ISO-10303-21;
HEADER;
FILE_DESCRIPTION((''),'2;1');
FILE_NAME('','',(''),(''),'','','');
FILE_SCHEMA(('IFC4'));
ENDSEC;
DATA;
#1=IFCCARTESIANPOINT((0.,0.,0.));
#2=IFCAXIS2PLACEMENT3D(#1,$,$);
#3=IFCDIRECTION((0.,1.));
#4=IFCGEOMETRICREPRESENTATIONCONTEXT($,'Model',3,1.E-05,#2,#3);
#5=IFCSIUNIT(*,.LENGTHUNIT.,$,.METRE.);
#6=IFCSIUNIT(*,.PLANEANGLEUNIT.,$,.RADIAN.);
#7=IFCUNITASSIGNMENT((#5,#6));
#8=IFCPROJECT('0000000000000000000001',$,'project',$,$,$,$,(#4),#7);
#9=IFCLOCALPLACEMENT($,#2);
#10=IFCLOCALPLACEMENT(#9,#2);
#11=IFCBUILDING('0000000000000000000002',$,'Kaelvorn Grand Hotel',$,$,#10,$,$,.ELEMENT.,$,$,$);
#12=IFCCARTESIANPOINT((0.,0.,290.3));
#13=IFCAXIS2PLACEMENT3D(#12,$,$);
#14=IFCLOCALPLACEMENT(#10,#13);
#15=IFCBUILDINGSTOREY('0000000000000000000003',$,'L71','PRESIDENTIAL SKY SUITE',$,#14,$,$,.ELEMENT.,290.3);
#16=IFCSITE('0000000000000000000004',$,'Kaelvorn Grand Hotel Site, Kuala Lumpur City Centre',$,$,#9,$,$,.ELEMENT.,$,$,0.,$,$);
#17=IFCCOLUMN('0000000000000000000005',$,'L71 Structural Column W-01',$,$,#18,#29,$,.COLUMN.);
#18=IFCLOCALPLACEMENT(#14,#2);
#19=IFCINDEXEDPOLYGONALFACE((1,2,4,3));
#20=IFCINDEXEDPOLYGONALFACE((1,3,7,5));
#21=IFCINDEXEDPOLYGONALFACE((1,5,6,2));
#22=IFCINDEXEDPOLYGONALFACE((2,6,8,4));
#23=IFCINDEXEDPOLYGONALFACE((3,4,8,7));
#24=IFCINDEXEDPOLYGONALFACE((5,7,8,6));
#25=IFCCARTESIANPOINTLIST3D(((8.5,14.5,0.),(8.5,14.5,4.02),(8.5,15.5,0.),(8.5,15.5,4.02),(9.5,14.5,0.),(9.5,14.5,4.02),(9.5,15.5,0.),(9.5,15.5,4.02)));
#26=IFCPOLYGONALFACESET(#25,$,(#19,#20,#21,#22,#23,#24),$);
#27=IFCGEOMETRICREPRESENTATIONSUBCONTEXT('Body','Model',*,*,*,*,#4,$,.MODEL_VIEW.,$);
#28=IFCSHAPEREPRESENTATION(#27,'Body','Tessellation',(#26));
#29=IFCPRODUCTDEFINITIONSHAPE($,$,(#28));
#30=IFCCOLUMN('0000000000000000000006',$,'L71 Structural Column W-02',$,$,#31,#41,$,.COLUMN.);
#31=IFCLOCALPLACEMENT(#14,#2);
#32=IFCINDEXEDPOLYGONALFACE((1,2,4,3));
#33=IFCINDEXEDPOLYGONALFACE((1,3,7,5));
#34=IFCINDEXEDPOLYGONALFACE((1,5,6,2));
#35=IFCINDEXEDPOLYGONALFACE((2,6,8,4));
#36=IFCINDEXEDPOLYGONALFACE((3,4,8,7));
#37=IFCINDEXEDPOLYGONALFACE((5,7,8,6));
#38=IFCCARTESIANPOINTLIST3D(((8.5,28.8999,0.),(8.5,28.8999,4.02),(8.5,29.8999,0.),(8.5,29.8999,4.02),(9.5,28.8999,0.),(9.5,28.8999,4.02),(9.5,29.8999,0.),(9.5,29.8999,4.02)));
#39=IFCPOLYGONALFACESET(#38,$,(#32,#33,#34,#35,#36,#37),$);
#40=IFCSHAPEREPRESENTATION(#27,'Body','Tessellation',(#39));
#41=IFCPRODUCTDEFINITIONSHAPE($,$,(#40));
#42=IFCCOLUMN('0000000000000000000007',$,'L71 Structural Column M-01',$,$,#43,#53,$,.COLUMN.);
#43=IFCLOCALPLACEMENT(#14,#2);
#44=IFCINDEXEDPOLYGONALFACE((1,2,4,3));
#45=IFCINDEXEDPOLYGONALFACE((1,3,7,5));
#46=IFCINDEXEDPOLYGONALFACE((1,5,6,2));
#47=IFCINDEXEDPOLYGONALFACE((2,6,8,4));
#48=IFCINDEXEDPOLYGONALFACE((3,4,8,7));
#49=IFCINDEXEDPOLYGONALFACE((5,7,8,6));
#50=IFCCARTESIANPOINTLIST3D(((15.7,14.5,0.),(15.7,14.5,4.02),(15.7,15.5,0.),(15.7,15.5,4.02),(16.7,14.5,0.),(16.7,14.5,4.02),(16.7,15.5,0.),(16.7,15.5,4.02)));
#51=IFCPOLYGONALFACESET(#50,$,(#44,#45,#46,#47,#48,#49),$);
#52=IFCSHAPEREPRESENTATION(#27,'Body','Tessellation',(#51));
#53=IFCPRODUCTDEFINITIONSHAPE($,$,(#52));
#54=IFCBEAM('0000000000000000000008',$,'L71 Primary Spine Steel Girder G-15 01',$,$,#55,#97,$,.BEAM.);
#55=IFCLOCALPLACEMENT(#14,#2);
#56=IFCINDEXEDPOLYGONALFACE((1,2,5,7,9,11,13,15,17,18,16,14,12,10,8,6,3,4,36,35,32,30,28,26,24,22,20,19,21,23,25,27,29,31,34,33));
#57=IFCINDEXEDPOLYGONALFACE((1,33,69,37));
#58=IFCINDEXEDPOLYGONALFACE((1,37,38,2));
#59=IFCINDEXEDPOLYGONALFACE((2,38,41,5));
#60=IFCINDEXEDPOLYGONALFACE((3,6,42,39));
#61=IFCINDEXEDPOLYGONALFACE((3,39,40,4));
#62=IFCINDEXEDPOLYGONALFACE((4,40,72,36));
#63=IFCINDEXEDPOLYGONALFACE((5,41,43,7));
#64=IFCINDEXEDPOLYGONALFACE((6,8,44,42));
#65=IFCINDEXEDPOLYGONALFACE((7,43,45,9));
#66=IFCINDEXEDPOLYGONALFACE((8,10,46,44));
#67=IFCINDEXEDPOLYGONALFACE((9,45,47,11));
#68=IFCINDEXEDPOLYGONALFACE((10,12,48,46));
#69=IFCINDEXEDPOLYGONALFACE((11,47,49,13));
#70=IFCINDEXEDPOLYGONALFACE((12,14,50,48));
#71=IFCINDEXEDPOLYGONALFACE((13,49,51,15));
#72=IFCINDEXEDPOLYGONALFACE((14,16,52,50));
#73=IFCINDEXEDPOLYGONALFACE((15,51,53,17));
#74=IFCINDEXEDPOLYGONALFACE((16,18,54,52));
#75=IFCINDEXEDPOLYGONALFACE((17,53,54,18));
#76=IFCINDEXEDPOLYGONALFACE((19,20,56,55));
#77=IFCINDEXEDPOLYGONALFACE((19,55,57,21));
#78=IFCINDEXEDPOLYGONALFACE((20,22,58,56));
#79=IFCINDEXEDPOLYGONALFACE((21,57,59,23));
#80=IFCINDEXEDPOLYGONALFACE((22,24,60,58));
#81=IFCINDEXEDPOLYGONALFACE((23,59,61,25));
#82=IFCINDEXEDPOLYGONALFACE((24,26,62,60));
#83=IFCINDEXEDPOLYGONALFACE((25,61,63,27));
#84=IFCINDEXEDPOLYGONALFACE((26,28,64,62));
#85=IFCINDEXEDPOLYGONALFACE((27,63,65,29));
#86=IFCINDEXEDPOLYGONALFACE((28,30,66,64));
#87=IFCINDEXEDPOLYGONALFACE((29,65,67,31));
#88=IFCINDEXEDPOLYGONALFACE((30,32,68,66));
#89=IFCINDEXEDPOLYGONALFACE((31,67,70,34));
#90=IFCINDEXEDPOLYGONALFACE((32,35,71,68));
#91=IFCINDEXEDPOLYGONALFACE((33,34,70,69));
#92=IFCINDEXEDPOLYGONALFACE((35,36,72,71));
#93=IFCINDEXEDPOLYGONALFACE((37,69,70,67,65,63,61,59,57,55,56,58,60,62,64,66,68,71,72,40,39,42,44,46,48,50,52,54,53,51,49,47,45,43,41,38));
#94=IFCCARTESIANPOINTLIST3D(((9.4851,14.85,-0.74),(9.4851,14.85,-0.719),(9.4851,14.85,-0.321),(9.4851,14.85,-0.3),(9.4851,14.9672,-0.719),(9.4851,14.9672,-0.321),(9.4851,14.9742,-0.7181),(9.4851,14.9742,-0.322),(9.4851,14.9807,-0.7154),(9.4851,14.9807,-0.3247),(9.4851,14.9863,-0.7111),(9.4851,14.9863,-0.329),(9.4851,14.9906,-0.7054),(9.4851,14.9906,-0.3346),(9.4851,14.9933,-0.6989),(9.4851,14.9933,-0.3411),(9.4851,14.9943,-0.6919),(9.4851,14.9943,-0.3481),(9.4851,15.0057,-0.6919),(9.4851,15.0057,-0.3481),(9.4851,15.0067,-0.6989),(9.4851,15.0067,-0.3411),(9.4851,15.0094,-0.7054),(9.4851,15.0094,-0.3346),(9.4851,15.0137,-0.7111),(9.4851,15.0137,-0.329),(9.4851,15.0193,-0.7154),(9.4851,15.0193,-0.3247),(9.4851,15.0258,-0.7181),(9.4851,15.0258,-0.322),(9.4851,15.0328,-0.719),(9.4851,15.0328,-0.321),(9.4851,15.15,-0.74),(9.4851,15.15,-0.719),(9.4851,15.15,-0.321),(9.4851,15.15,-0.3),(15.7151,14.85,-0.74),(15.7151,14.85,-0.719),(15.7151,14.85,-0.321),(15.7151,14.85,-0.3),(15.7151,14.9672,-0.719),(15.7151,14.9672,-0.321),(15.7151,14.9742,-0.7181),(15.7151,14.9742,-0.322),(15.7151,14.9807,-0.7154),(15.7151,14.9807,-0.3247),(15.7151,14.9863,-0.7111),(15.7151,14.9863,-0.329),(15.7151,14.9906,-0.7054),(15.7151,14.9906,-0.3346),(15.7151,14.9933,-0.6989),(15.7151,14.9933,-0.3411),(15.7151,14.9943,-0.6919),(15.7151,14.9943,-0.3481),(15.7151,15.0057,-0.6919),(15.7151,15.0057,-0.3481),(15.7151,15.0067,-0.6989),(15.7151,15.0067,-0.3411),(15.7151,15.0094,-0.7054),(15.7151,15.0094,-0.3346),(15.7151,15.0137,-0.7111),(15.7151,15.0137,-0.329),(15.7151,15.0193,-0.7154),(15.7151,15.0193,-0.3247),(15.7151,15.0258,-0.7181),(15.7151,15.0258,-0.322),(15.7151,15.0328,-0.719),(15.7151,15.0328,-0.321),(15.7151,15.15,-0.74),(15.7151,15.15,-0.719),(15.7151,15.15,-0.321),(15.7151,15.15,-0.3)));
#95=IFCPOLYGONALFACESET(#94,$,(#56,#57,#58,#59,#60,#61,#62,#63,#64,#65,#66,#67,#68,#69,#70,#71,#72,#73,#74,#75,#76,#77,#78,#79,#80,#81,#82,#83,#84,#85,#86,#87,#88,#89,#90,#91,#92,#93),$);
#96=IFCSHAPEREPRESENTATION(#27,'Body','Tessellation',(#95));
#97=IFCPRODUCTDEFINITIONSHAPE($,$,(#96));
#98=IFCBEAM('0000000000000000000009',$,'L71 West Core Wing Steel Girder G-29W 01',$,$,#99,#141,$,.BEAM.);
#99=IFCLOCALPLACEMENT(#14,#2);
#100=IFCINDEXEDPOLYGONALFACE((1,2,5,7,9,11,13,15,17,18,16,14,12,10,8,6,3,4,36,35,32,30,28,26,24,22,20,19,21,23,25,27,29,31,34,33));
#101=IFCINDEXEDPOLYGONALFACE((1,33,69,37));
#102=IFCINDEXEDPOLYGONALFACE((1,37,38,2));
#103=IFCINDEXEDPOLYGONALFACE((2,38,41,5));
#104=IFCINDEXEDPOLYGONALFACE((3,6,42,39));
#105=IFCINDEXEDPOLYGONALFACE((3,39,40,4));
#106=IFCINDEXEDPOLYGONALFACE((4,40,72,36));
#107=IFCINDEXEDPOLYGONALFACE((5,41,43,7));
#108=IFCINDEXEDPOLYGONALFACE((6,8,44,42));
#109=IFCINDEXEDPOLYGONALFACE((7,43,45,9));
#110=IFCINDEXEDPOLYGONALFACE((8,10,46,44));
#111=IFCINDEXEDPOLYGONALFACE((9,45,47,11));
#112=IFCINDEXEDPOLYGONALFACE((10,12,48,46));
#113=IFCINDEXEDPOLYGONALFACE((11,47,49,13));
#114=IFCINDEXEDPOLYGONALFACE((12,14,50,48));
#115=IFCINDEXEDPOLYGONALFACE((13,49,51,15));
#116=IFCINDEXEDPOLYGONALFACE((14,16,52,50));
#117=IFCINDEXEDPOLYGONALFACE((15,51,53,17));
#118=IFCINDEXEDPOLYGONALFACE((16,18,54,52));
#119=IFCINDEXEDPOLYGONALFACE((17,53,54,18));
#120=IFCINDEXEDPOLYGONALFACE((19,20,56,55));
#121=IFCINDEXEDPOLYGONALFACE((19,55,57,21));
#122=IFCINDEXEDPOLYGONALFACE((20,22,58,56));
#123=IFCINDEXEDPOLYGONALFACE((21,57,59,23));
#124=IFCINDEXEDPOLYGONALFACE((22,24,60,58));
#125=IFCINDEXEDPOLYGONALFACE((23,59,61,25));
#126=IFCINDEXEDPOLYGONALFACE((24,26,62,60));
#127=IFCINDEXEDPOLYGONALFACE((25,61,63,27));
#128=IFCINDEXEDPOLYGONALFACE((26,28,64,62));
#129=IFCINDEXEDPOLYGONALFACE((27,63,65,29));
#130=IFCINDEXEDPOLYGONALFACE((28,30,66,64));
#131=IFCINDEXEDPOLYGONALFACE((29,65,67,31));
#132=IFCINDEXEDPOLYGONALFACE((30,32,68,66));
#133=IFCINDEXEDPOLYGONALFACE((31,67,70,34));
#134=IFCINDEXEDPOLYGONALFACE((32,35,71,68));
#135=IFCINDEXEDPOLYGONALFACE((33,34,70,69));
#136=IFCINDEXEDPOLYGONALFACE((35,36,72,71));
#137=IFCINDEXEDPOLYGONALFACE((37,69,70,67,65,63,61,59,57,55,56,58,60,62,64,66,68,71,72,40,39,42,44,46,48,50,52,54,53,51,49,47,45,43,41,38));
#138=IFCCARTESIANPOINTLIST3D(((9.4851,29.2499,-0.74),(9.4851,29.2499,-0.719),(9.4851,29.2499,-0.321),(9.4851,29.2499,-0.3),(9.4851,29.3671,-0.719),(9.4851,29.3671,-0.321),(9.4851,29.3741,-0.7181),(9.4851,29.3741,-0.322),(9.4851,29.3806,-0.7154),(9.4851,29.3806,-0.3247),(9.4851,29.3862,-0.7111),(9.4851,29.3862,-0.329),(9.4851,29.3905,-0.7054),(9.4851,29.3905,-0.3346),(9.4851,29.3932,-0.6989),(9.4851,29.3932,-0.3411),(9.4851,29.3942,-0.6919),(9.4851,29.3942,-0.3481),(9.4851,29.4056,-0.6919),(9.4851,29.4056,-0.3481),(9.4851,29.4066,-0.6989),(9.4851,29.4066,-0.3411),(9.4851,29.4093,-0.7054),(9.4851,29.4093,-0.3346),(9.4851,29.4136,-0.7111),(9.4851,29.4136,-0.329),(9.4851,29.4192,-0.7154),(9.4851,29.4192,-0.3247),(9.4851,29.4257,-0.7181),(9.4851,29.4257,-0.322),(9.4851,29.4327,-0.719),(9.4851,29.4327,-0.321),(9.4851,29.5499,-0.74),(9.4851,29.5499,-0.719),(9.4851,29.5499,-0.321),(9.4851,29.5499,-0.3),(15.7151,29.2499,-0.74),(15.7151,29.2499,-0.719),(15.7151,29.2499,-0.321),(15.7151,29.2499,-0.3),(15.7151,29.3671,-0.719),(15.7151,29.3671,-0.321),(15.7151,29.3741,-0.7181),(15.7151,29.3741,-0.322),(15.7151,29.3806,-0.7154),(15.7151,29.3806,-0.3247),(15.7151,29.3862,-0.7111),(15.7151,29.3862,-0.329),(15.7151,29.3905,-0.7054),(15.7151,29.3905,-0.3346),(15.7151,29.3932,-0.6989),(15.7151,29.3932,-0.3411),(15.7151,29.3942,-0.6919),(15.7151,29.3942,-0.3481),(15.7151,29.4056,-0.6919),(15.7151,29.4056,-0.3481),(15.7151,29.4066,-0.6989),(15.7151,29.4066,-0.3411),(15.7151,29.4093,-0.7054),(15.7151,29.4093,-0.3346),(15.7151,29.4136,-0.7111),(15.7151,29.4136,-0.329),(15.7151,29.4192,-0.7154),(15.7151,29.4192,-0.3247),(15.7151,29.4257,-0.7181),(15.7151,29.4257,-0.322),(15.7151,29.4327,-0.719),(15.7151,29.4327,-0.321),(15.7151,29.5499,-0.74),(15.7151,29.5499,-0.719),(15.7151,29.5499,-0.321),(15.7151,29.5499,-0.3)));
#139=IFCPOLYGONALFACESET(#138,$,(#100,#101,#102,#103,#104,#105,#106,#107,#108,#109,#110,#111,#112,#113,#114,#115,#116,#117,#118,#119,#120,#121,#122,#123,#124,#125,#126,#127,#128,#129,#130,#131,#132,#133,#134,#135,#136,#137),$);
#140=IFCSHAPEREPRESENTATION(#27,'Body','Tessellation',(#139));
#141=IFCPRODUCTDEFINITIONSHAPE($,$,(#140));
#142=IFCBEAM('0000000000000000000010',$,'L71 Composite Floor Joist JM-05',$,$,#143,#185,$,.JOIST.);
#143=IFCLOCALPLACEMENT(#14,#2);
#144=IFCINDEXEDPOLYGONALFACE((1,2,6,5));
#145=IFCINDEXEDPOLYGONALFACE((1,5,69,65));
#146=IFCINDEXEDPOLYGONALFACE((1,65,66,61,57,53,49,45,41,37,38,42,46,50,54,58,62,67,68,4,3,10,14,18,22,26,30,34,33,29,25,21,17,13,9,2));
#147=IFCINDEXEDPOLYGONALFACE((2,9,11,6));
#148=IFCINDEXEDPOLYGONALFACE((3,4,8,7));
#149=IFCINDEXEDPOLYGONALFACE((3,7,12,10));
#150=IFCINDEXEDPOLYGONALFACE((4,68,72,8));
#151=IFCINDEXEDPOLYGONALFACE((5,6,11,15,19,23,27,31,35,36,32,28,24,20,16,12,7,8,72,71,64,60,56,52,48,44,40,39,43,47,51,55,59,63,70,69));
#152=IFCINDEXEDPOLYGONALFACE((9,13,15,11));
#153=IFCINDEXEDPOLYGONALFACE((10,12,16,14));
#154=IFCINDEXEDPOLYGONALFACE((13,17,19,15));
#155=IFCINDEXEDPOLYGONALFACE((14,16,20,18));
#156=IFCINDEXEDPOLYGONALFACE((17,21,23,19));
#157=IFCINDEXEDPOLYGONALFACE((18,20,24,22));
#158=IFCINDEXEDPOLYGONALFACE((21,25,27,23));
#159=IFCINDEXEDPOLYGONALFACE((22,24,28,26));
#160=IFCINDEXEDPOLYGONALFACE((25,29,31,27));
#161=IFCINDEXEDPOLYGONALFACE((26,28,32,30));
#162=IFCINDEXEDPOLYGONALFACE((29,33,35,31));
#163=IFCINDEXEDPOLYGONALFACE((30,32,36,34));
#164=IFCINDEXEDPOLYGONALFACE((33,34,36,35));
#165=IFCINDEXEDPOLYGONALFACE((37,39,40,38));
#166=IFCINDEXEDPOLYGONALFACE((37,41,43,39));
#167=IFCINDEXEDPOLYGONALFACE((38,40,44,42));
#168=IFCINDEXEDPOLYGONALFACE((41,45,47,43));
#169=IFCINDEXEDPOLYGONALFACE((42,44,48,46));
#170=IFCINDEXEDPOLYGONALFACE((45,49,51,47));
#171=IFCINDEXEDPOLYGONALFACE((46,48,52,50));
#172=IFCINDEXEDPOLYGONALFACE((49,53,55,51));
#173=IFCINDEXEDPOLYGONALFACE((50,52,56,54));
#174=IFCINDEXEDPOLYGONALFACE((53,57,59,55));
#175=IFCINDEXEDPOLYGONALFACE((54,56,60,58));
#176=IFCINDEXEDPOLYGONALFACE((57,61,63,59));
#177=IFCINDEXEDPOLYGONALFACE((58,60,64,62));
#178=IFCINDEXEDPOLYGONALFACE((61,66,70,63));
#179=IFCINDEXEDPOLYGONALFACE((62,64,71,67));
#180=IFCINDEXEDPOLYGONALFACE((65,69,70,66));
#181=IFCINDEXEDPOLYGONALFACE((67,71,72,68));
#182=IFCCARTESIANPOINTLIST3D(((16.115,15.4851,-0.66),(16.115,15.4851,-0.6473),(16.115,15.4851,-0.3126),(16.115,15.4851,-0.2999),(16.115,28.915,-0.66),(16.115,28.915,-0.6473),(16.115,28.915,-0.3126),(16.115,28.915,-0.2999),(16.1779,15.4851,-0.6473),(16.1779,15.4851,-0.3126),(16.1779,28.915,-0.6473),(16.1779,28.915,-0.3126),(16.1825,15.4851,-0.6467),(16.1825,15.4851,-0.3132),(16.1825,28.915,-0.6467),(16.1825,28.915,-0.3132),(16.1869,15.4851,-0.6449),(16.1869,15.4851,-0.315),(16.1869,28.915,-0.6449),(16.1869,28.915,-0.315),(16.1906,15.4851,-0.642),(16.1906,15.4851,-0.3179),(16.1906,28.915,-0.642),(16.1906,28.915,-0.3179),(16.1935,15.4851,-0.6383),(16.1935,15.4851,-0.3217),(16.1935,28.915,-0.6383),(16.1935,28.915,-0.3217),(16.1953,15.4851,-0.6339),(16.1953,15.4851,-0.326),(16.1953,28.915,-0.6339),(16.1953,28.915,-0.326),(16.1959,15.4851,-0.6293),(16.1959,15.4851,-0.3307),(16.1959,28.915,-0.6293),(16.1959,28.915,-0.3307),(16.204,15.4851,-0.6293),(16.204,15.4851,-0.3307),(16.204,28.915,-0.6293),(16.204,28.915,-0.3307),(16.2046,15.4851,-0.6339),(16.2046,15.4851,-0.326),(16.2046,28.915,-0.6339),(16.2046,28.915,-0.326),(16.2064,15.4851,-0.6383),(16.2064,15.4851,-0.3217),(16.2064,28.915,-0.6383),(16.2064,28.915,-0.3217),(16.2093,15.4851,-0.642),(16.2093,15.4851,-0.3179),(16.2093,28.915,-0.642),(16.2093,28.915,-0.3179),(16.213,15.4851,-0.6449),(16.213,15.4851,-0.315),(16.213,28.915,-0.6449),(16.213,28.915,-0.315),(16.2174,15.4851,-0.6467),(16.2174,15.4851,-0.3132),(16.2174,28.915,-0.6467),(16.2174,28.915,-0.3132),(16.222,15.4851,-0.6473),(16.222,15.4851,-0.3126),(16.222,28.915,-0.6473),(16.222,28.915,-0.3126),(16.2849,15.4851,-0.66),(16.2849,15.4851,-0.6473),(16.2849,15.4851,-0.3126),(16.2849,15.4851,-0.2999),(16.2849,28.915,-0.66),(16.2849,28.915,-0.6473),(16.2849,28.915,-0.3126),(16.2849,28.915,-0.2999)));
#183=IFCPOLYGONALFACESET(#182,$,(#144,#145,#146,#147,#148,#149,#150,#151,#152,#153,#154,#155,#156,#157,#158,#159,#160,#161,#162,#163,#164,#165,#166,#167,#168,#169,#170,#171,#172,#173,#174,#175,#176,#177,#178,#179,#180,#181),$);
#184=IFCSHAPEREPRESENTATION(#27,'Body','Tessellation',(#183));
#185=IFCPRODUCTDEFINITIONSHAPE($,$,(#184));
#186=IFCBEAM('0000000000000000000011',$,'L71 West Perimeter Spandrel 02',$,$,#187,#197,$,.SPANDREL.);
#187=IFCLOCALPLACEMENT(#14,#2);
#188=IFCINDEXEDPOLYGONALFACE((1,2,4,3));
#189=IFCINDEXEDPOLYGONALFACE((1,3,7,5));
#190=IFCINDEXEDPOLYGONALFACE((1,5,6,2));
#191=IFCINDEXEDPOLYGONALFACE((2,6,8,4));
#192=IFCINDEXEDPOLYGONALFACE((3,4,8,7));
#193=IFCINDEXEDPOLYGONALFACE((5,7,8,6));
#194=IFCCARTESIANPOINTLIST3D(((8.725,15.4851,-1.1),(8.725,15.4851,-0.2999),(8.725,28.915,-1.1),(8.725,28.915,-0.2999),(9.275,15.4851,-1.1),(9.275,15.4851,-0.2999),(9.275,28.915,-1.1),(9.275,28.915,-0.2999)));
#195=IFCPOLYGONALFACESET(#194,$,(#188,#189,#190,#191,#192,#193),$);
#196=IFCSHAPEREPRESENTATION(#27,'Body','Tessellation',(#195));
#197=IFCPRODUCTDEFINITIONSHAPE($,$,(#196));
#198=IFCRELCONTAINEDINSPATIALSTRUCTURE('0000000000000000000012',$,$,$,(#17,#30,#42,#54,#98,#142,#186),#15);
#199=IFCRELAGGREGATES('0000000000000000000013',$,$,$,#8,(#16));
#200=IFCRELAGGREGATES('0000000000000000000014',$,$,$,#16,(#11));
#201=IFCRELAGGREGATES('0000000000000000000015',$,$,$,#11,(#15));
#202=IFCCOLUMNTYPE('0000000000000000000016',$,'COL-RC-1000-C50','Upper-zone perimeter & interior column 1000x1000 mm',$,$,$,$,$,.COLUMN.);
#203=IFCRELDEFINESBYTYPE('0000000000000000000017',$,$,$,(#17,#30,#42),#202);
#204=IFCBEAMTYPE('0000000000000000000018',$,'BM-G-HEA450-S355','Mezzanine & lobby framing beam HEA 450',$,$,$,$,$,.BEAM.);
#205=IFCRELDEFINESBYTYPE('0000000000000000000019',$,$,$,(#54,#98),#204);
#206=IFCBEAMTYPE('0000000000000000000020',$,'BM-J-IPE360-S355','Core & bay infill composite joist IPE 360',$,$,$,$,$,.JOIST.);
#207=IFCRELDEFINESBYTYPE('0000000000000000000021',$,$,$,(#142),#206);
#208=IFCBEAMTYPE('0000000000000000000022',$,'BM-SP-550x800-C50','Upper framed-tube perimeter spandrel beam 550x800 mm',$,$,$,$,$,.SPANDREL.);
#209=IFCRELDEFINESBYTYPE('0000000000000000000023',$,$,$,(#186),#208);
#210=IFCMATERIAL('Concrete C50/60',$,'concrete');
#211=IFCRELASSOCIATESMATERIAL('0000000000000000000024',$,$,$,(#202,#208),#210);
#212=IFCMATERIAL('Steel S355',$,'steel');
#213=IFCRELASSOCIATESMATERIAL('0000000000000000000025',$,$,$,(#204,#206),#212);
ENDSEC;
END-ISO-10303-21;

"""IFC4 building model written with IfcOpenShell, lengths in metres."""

from ifc_helpers import new_model, si_unit, direction, frame, origin, origin_2d, place, context, subcontext, project, spatial, rectangle, i_section, extrude, material, material_profile, profile_set, type_object, element, save


model = new_model("IFC4")

# Units and contexts
model_context = context("Model", 3, precision=1e-05, world=origin(), true_north=direction((0.0, 1.0)))
body_context = subcontext(model_context, "Body", "Model", "MODEL_VIEW")
ifc_project = project(units=[si_unit("LENGTHUNIT", "METRE"), si_unit("PLANEANGLEUNIT", "RADIAN")], contexts=[model_context])

# Site, building, storey
site_placement = place(None, origin())
site = spatial("IfcSite", under=ifc_project, at=site_placement, Name="Kaelvorn Grand Hotel Site, Kuala Lumpur City Centre", CompositionType="ELEMENT", RefElevation=0.0)
building_placement = place(site_placement, origin())
building = spatial("IfcBuilding", under=site, at=building_placement, Name="Kaelvorn Grand Hotel", CompositionType="ELEMENT")
storey_placement = place(building_placement, frame((0.0, 0.0, 290.3)))
storey = spatial("IfcBuildingStorey", under=building, at=storey_placement, Name="L71", Description="PRESIDENTIAL SKY SUITE", CompositionType="ELEMENT", Elevation=290.3)

# Columns
ifc_material_1 = material(Name="Concrete C50/60", Category="concrete")
ifc_material_profile_1 = material_profile(ifc_material_1, rectangle(XDim=1.0, YDim=1.0, at=origin_2d()), Name="RC COL 1000x1000")
ifc_profile_set_1 = profile_set([ifc_material_profile_1], Name="Concrete C50/60")
column_type = type_object("IfcColumnType", Name="COL-RC-1000-C50", Description="Upper-zone perimeter & interior column 1000x1000 mm", PredefinedType="COLUMN", material=ifc_profile_set_1)
for number, where, z_axis, x_axis, name in (
    (1, (9.0, 15.0, 0.0), (0.0, 0.0, 1.0), (1.0, 0.0, 0.0), "L71 Structural Column W-01"),
    (2, (9.0, 29.3999, 0.0), (0.0, 0.0, 1.0), (1.0, 0.0, 0.0), "L71 Structural Column W-02"),
    (3, (16.2, 15.0, 0.0), (0.0, 0.0, 1.0), (1.0, 0.0, 0.0), "L71 Structural Column M-01"),
):
    element("IfcColumn", number, at=place(storey_placement, frame(where, z_axis=z_axis, x_axis=x_axis)), inside=storey, type_object=column_type, Name=name, PredefinedType="COLUMN", context=body_context, shape_type="SweptSolid", body=[
        extrude(rectangle(XDim=1.0, YDim=1.0, at=origin_2d()), origin(), (0.0, 0.0, 1.0), 4.02),
    ])

# Beams
ifc_material_2 = material(Name="Steel S355", Category="steel")
ifc_material_profile_2 = material_profile(ifc_material_2, i_section(OverallWidth=0.3, OverallDepth=0.4399, WebThickness=0.0115, FlangeThickness=0.021, FilletRadius=0.0271, at=origin_2d()), Name="HEA 450")
ifc_profile_set_2 = profile_set([ifc_material_profile_2], Name="Steel S355")
beam_type_1 = type_object("IfcBeamType", Name="BM-G-HEA450-S355", Description="Mezzanine & lobby framing beam HEA 450", PredefinedType="BEAM", material=ifc_profile_set_2)
for number, where, z_axis, x_axis, name in (
    (4, (9.4851, 15.0, -0.52), (1.0, 0.0, 0.0), (0.0, 1.0, 0.0), "L71 Primary Spine Steel Girder G-15 01"),
    (5, (9.4851, 29.3999, -0.52), (1.0, 0.0, 0.0), (0.0, 1.0, 0.0), "L71 West Core Wing Steel Girder G-29W 01"),
):
    element("IfcBeam", number, at=place(storey_placement, frame(where, z_axis=z_axis, x_axis=x_axis)), inside=storey, type_object=beam_type_1, Name=name, PredefinedType="BEAM", context=body_context, shape_type="SweptSolid", body=[
        extrude(i_section(OverallWidth=0.3, OverallDepth=0.4399, WebThickness=0.0115, FlangeThickness=0.021, FilletRadius=0.0271, at=origin_2d()), origin(), (0.0, 0.0, 1.0), 6.23),
    ])
ifc_material_profile_3 = material_profile(ifc_material_2, i_section(OverallWidth=0.1699, OverallDepth=0.3601, WebThickness=0.0081, FlangeThickness=0.0127, FilletRadius=0.0181, at=origin_2d()), Name="IPE 360")
ifc_profile_set_3 = profile_set([ifc_material_profile_3], Name="Steel S355")
beam_type_2 = type_object("IfcBeamType", Name="BM-J-IPE360-S355", Description="Core & bay infill composite joist IPE 360", PredefinedType="JOIST", material=ifc_profile_set_3)
beam_1_placement = place(storey_placement, frame((16.2, 15.4851, -0.48), z_axis=(0.0, 1.0, 0.0), x_axis=(-1.0, 0.0, 0.0)))
element("IfcBeam", 6, at=beam_1_placement, inside=storey, type_object=beam_type_2, Name="L71 Composite Floor Joist JM-05", PredefinedType="JOIST", context=body_context, shape_type="SweptSolid", body=[
    extrude(i_section(OverallWidth=0.1699, OverallDepth=0.3601, WebThickness=0.0081, FlangeThickness=0.0127, FilletRadius=0.0181, at=origin_2d()), origin(), (0.0, 0.0, 1.0), 13.4299),
])
ifc_material_profile_4 = material_profile(ifc_material_1, rectangle(XDim=0.55, YDim=0.8, at=origin_2d()), Name="RC SPANDREL 550x800")
ifc_profile_set_4 = profile_set([ifc_material_profile_4], Name="Concrete C50/60")
beam_type_3 = type_object("IfcBeamType", Name="BM-SP-550x800-C50", Description="Upper framed-tube perimeter spandrel beam 550x800 mm", PredefinedType="SPANDREL", material=ifc_profile_set_4)
beam_2_placement = place(storey_placement, frame((9.0, 15.4851, -0.7), z_axis=(0.0, 1.0, 0.0), x_axis=(-1.0, 0.0, 0.0)))
element("IfcBeam", 7, at=beam_2_placement, inside=storey, type_object=beam_type_3, Name="L71 West Perimeter Spandrel 02", PredefinedType="SPANDREL", context=body_context, shape_type="SweptSolid", body=[
    extrude(rectangle(XDim=0.55, YDim=0.8, at=origin_2d()), origin(), (0.0, 0.0, 1.0), 13.4299),
])

save(model, "model.ifc")
